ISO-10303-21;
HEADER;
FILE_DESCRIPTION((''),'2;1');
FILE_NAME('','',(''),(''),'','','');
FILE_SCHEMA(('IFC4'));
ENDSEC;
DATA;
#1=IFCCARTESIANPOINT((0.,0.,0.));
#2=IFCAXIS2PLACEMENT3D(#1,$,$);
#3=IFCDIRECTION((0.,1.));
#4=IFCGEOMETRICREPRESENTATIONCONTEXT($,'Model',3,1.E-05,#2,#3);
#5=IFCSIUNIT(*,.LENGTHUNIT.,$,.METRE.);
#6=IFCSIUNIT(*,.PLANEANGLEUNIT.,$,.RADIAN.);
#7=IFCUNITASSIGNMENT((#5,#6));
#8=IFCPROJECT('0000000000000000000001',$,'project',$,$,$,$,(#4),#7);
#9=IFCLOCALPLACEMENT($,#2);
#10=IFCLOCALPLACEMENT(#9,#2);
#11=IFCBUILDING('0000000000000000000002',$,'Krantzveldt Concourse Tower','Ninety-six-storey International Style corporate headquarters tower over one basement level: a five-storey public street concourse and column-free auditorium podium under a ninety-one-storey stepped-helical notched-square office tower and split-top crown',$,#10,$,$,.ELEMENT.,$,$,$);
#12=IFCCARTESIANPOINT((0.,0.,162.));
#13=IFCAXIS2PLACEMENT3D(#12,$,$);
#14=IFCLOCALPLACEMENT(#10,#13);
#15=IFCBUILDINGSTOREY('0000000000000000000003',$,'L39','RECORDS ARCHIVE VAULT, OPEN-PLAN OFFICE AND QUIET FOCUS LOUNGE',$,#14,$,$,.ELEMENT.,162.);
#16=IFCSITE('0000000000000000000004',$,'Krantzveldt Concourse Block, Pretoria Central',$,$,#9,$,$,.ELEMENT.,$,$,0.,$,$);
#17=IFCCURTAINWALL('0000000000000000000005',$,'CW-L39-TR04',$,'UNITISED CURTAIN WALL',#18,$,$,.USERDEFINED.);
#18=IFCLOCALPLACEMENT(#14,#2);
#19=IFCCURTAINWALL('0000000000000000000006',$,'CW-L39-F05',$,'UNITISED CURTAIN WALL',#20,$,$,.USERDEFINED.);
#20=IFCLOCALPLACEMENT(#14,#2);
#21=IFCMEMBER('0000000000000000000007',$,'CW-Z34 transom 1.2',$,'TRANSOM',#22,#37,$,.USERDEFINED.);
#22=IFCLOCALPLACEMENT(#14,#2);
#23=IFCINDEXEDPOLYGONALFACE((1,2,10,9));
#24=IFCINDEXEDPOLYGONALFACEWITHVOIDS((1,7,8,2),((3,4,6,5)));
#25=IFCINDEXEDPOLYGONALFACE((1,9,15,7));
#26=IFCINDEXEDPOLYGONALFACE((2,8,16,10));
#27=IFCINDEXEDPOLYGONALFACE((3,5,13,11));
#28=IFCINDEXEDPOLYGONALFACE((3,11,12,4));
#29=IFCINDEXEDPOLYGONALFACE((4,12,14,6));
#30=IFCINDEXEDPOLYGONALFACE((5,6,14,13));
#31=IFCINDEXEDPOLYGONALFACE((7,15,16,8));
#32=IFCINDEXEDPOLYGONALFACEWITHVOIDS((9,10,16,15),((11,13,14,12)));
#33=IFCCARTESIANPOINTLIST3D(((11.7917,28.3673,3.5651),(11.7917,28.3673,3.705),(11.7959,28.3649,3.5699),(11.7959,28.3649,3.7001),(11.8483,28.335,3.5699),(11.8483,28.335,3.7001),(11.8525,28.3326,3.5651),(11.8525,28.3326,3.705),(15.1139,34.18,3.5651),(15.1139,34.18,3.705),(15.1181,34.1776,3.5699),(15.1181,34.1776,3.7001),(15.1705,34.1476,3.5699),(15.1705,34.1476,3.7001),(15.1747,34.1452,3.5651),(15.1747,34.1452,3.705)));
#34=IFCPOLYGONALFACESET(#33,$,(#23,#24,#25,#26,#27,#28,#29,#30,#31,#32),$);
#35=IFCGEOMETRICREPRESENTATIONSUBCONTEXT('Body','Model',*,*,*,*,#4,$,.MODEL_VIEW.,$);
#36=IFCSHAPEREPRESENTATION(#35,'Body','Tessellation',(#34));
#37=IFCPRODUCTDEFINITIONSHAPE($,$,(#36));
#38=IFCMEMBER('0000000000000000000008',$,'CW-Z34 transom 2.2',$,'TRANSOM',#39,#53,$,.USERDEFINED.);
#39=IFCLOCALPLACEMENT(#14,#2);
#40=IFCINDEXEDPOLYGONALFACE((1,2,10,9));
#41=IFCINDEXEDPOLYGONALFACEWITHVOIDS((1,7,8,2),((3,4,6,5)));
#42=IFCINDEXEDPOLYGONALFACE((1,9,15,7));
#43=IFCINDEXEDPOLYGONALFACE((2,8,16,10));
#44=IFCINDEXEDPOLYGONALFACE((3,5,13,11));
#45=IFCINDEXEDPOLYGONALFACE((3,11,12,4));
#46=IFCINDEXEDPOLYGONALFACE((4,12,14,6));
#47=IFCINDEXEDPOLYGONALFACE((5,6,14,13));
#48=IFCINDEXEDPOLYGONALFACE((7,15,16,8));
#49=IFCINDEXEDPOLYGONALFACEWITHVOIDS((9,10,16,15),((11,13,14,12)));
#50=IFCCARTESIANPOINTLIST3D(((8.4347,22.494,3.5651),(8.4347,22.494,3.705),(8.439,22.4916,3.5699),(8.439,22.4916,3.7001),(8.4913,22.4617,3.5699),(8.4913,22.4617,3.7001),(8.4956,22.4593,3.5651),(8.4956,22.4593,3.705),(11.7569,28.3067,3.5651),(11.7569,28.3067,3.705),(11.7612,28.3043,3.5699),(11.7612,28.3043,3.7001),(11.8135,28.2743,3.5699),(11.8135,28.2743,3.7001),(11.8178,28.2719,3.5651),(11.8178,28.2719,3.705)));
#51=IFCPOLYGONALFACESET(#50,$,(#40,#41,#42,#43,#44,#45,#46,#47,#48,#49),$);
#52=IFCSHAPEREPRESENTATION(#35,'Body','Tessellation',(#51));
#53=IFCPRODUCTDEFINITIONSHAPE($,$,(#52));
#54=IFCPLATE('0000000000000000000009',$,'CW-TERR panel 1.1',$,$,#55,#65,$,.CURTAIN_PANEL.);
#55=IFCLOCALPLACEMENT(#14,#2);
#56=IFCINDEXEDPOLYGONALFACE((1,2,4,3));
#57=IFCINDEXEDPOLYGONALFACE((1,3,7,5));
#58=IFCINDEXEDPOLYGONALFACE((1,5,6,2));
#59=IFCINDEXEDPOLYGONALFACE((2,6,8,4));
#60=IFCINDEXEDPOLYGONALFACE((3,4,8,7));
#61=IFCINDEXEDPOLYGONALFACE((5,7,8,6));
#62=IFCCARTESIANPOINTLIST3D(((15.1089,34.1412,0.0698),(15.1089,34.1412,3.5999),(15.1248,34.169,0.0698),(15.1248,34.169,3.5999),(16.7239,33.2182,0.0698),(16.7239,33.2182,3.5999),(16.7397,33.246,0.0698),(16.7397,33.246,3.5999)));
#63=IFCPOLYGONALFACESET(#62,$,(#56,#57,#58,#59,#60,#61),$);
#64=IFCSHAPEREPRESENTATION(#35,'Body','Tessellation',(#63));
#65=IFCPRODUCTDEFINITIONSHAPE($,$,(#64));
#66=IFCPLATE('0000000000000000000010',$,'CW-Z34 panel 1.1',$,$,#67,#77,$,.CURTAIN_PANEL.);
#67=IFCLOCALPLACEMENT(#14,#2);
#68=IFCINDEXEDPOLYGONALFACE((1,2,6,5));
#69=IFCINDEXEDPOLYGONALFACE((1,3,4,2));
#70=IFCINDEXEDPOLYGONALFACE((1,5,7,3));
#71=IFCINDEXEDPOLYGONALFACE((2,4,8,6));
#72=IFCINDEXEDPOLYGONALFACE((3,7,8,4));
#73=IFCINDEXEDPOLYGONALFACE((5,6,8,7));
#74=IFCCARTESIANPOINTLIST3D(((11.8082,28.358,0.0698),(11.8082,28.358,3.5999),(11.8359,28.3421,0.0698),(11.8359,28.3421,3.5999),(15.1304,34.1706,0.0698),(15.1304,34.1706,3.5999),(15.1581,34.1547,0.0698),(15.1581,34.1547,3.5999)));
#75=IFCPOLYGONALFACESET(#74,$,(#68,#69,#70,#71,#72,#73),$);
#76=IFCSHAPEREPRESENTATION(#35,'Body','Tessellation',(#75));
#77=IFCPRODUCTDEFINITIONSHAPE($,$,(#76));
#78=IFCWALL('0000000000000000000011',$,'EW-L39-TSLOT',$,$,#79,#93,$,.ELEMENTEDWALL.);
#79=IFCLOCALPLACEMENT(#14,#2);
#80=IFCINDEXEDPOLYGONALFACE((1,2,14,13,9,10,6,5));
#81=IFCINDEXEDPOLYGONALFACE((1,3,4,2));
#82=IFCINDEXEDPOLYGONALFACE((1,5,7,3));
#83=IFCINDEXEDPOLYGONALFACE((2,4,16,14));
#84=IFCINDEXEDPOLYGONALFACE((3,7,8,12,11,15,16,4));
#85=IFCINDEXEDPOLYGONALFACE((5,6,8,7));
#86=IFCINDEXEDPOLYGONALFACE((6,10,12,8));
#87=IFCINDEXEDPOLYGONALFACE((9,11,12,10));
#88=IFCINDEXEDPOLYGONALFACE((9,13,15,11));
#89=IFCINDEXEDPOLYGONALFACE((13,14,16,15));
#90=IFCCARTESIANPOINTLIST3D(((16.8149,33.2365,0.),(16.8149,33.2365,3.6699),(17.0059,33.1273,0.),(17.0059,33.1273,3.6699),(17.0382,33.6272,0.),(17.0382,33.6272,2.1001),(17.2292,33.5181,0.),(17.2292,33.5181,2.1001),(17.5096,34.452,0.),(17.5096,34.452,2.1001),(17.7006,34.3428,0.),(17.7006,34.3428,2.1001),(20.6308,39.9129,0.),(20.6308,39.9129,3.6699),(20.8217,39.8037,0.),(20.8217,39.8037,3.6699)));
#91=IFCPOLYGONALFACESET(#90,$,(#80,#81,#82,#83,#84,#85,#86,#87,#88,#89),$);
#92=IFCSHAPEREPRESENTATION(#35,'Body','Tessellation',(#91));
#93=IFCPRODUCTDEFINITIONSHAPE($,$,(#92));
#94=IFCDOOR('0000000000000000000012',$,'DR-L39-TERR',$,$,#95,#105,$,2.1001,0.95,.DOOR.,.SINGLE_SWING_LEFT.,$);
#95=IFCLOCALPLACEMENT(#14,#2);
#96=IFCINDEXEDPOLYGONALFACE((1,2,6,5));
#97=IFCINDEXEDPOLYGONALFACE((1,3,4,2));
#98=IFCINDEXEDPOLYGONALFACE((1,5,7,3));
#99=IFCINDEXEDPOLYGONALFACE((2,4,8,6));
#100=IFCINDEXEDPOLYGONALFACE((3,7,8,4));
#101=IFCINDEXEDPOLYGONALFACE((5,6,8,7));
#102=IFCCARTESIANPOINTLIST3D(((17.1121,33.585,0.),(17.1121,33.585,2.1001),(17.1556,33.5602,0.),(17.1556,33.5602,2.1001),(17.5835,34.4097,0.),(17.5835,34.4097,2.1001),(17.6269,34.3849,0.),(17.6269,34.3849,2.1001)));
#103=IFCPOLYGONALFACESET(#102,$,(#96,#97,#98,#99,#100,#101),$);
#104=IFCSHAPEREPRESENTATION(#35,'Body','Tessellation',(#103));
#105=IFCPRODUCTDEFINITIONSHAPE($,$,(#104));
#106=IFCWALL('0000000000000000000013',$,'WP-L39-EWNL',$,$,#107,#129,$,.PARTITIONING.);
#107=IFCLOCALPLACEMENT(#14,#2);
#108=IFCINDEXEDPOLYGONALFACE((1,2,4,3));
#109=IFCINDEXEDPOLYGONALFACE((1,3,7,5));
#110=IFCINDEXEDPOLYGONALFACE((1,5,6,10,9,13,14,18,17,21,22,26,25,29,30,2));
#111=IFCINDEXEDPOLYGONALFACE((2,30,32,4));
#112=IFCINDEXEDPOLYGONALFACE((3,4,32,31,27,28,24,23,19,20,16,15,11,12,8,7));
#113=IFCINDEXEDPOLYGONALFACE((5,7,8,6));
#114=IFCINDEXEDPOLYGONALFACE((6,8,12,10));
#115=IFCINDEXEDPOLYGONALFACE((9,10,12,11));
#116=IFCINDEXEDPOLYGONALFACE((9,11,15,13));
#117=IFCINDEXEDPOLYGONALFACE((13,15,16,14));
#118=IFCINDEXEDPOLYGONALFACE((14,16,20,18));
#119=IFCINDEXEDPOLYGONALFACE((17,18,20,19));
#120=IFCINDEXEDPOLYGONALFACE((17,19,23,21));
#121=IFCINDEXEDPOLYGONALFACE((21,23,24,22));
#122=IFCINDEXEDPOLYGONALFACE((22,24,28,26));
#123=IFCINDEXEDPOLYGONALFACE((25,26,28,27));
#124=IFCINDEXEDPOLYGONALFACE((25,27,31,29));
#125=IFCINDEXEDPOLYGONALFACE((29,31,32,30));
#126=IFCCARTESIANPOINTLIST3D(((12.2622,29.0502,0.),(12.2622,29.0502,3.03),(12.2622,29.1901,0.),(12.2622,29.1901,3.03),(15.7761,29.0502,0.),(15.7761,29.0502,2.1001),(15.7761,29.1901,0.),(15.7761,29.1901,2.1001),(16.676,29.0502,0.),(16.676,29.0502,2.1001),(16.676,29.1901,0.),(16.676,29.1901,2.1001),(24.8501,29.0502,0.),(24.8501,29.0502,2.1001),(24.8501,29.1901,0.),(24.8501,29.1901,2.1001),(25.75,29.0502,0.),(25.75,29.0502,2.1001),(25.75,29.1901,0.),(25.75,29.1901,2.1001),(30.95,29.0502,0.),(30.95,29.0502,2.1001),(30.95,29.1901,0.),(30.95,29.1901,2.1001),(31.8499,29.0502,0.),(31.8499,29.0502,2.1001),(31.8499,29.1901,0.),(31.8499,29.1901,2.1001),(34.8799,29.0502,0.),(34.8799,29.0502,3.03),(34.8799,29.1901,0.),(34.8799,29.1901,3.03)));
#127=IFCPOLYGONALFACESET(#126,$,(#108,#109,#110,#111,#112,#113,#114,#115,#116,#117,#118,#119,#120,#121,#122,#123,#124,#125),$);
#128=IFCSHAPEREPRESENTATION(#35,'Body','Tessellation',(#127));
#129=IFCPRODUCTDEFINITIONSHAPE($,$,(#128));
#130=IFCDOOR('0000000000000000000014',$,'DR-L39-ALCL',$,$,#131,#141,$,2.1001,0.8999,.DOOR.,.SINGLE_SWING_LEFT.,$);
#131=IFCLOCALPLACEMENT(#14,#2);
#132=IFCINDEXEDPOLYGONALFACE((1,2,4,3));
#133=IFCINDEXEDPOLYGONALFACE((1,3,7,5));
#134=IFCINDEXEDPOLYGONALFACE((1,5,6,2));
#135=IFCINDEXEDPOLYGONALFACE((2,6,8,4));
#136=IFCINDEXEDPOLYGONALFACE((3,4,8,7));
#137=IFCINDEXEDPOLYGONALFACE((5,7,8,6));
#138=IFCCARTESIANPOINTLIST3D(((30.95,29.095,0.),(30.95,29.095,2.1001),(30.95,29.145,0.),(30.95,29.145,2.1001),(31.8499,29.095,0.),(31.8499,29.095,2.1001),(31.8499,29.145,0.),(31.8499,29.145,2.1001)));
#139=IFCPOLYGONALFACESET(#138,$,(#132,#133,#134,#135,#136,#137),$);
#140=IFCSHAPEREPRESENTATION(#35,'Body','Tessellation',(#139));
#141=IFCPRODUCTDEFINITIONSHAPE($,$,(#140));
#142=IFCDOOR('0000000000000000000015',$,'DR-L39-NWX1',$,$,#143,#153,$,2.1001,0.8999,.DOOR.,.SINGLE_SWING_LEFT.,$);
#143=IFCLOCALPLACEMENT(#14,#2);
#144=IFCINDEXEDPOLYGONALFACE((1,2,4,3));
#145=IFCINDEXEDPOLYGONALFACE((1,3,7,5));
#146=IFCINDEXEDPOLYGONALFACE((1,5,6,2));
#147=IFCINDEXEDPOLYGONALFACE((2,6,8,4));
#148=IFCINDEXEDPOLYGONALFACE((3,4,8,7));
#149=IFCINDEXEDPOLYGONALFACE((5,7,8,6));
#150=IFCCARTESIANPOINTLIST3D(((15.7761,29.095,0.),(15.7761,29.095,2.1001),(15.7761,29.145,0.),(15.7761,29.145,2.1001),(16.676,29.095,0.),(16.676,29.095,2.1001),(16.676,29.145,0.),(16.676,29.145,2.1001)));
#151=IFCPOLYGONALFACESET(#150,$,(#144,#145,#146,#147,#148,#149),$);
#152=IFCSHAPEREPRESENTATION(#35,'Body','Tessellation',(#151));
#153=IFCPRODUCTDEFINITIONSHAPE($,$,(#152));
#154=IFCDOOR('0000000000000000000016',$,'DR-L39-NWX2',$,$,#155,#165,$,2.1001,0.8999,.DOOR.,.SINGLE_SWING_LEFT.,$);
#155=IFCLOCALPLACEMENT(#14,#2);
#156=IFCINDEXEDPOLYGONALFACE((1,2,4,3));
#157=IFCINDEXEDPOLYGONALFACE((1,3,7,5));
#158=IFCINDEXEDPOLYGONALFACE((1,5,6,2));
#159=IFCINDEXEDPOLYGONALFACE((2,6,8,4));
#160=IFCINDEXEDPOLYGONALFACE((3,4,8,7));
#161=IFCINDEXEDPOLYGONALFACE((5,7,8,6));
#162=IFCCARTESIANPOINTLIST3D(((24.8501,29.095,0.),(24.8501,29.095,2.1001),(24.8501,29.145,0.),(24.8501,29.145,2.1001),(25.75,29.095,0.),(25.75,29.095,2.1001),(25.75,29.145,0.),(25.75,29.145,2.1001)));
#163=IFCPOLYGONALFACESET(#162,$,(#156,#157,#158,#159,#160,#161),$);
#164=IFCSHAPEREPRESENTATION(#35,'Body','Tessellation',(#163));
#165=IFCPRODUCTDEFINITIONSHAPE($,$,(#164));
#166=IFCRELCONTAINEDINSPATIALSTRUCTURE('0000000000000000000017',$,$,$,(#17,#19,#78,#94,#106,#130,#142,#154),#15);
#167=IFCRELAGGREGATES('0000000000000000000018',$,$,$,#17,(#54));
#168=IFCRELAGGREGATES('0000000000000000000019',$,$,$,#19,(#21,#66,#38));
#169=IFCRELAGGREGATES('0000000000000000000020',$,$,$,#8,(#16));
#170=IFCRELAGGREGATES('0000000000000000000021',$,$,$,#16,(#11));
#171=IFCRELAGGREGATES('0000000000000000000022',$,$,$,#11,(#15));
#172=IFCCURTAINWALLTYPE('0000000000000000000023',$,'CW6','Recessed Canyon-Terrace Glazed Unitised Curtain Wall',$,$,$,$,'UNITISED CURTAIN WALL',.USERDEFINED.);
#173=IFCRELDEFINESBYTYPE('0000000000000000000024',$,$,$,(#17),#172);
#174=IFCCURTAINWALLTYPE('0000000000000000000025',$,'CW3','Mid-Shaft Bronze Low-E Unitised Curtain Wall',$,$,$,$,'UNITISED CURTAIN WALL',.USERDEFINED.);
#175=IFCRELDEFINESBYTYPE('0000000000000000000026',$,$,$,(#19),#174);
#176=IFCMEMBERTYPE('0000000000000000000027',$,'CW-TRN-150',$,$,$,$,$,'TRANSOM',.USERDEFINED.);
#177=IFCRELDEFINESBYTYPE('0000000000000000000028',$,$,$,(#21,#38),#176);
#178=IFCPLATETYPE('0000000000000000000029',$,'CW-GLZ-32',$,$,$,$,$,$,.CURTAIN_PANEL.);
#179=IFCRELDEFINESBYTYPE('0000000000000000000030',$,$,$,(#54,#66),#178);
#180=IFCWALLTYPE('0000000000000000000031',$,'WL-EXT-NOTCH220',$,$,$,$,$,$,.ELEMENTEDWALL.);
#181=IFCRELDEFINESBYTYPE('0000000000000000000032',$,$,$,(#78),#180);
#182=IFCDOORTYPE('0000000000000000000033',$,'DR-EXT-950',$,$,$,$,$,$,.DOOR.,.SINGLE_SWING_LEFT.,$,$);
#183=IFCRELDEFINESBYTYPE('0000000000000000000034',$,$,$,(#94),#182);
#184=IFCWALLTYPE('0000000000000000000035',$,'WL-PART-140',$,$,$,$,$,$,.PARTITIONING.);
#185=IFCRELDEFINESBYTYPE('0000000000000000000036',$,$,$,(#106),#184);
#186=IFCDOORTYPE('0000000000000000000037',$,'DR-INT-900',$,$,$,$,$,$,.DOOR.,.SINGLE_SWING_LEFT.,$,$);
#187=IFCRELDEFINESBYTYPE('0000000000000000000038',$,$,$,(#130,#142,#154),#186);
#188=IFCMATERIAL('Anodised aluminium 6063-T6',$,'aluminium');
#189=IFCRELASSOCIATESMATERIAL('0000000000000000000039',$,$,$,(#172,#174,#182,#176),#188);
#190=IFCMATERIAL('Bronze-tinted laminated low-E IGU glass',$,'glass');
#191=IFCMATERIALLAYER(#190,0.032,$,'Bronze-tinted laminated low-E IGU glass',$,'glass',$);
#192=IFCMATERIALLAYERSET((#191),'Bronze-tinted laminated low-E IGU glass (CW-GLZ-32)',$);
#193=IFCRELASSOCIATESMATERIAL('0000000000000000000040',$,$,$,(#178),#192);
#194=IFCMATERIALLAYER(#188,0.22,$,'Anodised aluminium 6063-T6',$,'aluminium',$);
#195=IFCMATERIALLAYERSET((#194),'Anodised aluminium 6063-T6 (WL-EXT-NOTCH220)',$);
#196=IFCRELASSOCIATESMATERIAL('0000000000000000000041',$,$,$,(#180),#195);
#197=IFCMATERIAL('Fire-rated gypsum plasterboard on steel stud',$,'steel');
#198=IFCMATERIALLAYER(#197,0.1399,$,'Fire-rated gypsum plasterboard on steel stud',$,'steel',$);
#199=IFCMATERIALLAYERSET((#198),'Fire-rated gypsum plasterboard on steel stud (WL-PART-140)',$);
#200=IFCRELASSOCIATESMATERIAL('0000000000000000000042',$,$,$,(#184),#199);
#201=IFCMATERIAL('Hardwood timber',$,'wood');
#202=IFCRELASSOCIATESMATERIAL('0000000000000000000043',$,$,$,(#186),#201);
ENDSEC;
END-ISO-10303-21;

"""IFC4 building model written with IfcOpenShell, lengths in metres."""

from ifc_helpers import new_model, si_unit, direction, frame, frame_2d, origin, origin_2d, place, context, subcontext, project, spatial, rectangle, hollow_rectangle, extrude, source, transform, mapped, material, layer, layer_set, material_profile, profile_set, type_object, type_shapes, element, fill, aggregate, save


model = new_model("IFC4")

# Units and contexts
model_context = context("Model", 3, precision=1e-05, world=origin(), true_north=direction((0.0, 1.0)))
body_context = subcontext(model_context, "Body", "Model", "MODEL_VIEW")
ifc_project = project(units=[si_unit("LENGTHUNIT", "METRE"), si_unit("PLANEANGLEUNIT", "RADIAN")], contexts=[model_context])

# Site, building, storey
site_placement = place(None, origin())
site = spatial("IfcSite", under=ifc_project, at=site_placement, Name="Krantzveldt Concourse Block, Pretoria Central", CompositionType="ELEMENT", RefElevation=0.0)
building_placement = place(site_placement, origin())
building = spatial("IfcBuilding", under=site, at=building_placement, Name="Krantzveldt Concourse Tower", Description="Ninety-six-storey International Style corporate headquarters tower over one basement level: a five-storey public street concourse and column-free auditorium podium under a ninety-one-storey stepped-helical notched-square office tower and split-top crown", CompositionType="ELEMENT")
storey_placement = place(building_placement, frame((0.0, 0.0, 162.0)))
storey = spatial("IfcBuildingStorey", under=building, at=storey_placement, Name="L39", Description="RECORDS ARCHIVE VAULT, OPEN-PLAN OFFICE AND QUIET FOCUS LOUNGE", CompositionType="ELEMENT", Elevation=162.0)

# Curtain walls
ifc_material_1 = material(Name="Anodised aluminium 6063-T6", Category="aluminium")
curtain_wall_type_1 = type_object("IfcCurtainWallType", Name="CW6", Description="Recessed Canyon-Terrace Glazed Unitised Curtain Wall", ElementType="UNITISED CURTAIN WALL", PredefinedType="USERDEFINED", material=ifc_material_1)
curtain_wall_1_placement = place(storey_placement, origin())
curtain_wall_1 = element("IfcCurtainWall", 1, at=curtain_wall_1_placement, inside=storey, type_object=curtain_wall_type_1, Name="CW-L39-TR04", ObjectType="UNITISED CURTAIN WALL", PredefinedType="USERDEFINED")
curtain_wall_type_2 = type_object("IfcCurtainWallType", Name="CW3", Description="Mid-Shaft Bronze Low-E Unitised Curtain Wall", ElementType="UNITISED CURTAIN WALL", PredefinedType="USERDEFINED", material=ifc_material_1)
curtain_wall_2_placement = place(storey_placement, origin())
curtain_wall_2 = element("IfcCurtainWall", 2, at=curtain_wall_2_placement, inside=storey, type_object=curtain_wall_type_2, Name="CW-L39-F05", ObjectType="UNITISED CURTAIN WALL", PredefinedType="USERDEFINED")

# Members
ifc_material_profile_1 = material_profile(ifc_material_1, hollow_rectangle(XDim=0.0701, YDim=0.1399, WallThickness=0.0049, at=origin_2d()), Name="Anodised aluminium 6063-T6", Category="aluminium")
ifc_profile_set_1 = profile_set([ifc_material_profile_1], Name="Anodised aluminium 6063-T6 - ALU-TRAN 140x70x5")
member_type_1 = type_object("IfcMemberType", Name="CW-TRN-150", ElementType="TRANSOM", PredefinedType="USERDEFINED", material=ifc_profile_set_1)
shared_shape_1 = source(origin(), body_context, "Body", "SweptSolid", [
    extrude(hollow_rectangle(XDim=0.0701, YDim=0.1399, WallThickness=0.0049, at=origin_2d()), origin(), (0.0, 0.0, 1.0), 6.6951),
])
member_1_placement = place(storey_placement, frame((15.1443, 34.1626, 3.635), z_axis=(-0.496217, -0.868198, 0.0), x_axis=(0.868198, -0.496217, 0.0)))
member_1 = element("IfcMember", 3, at=member_1_placement, type_object=member_type_1, Name="CW-Z34 transom 1.2", ObjectType="TRANSOM", PredefinedType="USERDEFINED", context=body_context, shape_type="MappedRepresentation", body=[
    mapped(shared_shape_1, transform((0.0, 0.0, 0.0), x_axis=(1.0, 0.0, 0.0), y_axis=(0.0, 1.0, 0.0), z_axis=(0.0, 0.0, 1.0), scale=1.0)),
])
member_2_placement = place(storey_placement, frame((11.7874, 28.2893, 3.635), z_axis=(-0.496217, -0.868198, 0.0), x_axis=(0.868198, -0.496217, 0.0)))
member_2 = element("IfcMember", 4, at=member_2_placement, type_object=member_type_1, Name="CW-Z34 transom 2.2", ObjectType="TRANSOM", PredefinedType="USERDEFINED", context=body_context, shape_type="MappedRepresentation", body=[
    mapped(shared_shape_1, transform((0.0, 0.0, 0.0), x_axis=(1.0, 0.0, 0.0), y_axis=(0.0, 1.0, 0.0), z_axis=(0.0, 0.0, 1.0), scale=1.0)),
])

# Plates
ifc_material_2 = material(Name="Bronze-tinted laminated low-E IGU glass", Category="glass")
ifc_layer_1 = layer(ifc_material_2, 0.032, Name="Bronze-tinted laminated low-E IGU glass", Category="glass")
ifc_layer_set_1 = layer_set([ifc_layer_1], Name="Bronze-tinted laminated low-E IGU glass (CW-GLZ-32)")
plate_type = type_object("IfcPlateType", Name="CW-GLZ-32", PredefinedType="CURTAIN_PANEL", material=ifc_layer_set_1)
shared_shape_2 = source(origin(), body_context, "Body", "SweptSolid", [
    extrude(rectangle(XDim=1.8601, YDim=0.032, at=origin_2d()), origin(), (0.0, 0.0, 1.0), 3.53),
])
plate_1_placement = place(storey_placement, frame((15.9243, 33.6936, 0.0698), z_axis=(0.0, 0.0, 1.0), x_axis=(-0.868198, 0.496219, 0.0)))
plate_1 = element("IfcPlate", 5, at=plate_1_placement, type_object=plate_type, Name="CW-TERR panel 1.1", PredefinedType="CURTAIN_PANEL", context=body_context, shape_type="MappedRepresentation", body=[
    mapped(shared_shape_2, transform((0.0, 0.0, 0.0), x_axis=(1.0, 0.0, 0.0), y_axis=(0.0, 1.0, 0.0), z_axis=(0.0, 0.0, 1.0), scale=1.0)),
])
aggregate(curtain_wall_1, [plate_1])
shared_shape_3 = source(origin(), body_context, "Body", "SweptSolid", [
    extrude(rectangle(XDim=6.6951, YDim=0.032, at=origin_2d()), origin(), (0.0, 0.0, 1.0), 3.53),
])
type_shapes(plate_type, [shared_shape_2, shared_shape_3])
plate_2_placement = place(storey_placement, frame((13.4832, 31.2563, 0.0698), z_axis=(0.0, 0.0, 1.0), x_axis=(-0.496216, -0.868199, 0.0)))
plate_2 = element("IfcPlate", 6, at=plate_2_placement, type_object=plate_type, Name="CW-Z34 panel 1.1", PredefinedType="CURTAIN_PANEL", context=body_context, shape_type="MappedRepresentation", body=[
    mapped(shared_shape_3, transform((0.0, 0.0, 0.0), x_axis=(1.0, 0.0, 0.0), y_axis=(0.0, 1.0, 0.0), z_axis=(0.0, 0.0, 1.0), scale=1.0)),
])
aggregate(curtain_wall_2, [member_1, plate_2, member_2])

# Wall, opening, door
ifc_layer_2 = layer(ifc_material_1, 0.22, Name="Anodised aluminium 6063-T6", Category="aluminium")
ifc_layer_set_2 = layer_set([ifc_layer_2], Name="Anodised aluminium 6063-T6 (WL-EXT-NOTCH220)")
wall_type_1 = type_object("IfcWallType", Name="WL-EXT-NOTCH220", PredefinedType="ELEMENTEDWALL", material=ifc_layer_set_2)
wall_1_placement = place(storey_placement, frame((16.9104, 33.1819, 0.0), z_axis=(0.0, 0.0, 1.0), x_axis=(0.496214, 0.8682, 0.0)))
wall_1 = element("IfcWall", 7, at=wall_1_placement, inside=storey, type_object=wall_type_1, Name="EW-L39-TSLOT", PredefinedType="ELEMENTEDWALL", context=body_context, shape_type="SweptSolid", body=[
    extrude(rectangle(XDim=7.6899, YDim=0.22, at=frame_2d((3.845, 0.0))), origin(), (0.0, 0.0, 1.0), 3.6699),
])
opening_1_placement = place(wall_1_placement, frame((0.45, 0.0, 0.0)))
opening_1 = element("IfcOpeningElement", 8, at=opening_1_placement, cuts=wall_1, PredefinedType="OPENING", context=body_context, shape_type="SweptSolid", body=[
    extrude(rectangle(XDim=0.95, YDim=2.1001, at=frame_2d((0.4751, 1.05))), frame((0.0, 0.1201, 0.0), z_axis=(0.0, -1.0, 0.0), x_axis=(1.0, 0.0, 0.0)), (0.0, 0.0, 1.0), 0.24),
])
door_type_1 = type_object("IfcDoorType", Name="DR-EXT-950", OperationType="SINGLE_SWING_LEFT", PredefinedType="DOOR", material=ifc_material_1)
door_1_placement = place(opening_1_placement, origin())
door_1 = element("IfcDoor", 9, at=door_1_placement, inside=storey, type_object=door_type_1, Name="DR-L39-TERR", OperationType="SINGLE_SWING_LEFT", OverallHeight=2.1001, OverallWidth=0.95, PredefinedType="DOOR", context=body_context, shape_type="SweptSolid", body=[
    extrude(rectangle(XDim=0.95, YDim=2.1001, at=frame_2d((0.4751, 1.05))), frame((0.0, 0.0249, 0.0), z_axis=(0.0, -1.0, 0.0), x_axis=(1.0, 0.0, 0.0)), (0.0, 0.0, 1.0), 0.05),
])
fill(opening_1, door_1)

# Wall, openings, doors
ifc_material_3 = material(Name="Fire-rated gypsum plasterboard on steel stud", Category="steel")
ifc_layer_3 = layer(ifc_material_3, 0.1399, Name="Fire-rated gypsum plasterboard on steel stud", Category="steel")
ifc_layer_set_3 = layer_set([ifc_layer_3], Name="Fire-rated gypsum plasterboard on steel stud (WL-PART-140)")
wall_type_2 = type_object("IfcWallType", Name="WL-PART-140", PredefinedType="PARTITIONING", material=ifc_layer_set_3)
wall_2_placement = place(storey_placement, frame((12.2622, 29.1201, 0.0), z_axis=(0.0, 0.0, 1.0), x_axis=(1.0, 0.0, 0.0)))
wall_2 = element("IfcWall", 10, at=wall_2_placement, inside=storey, type_object=wall_type_2, Name="WP-L39-EWNL", PredefinedType="PARTITIONING", context=body_context, shape_type="SweptSolid", body=[
    extrude(rectangle(XDim=22.6177, YDim=0.1399, at=frame_2d((11.3088, 0.0))), origin(), (0.0, 0.0, 1.0), 3.03),
])
opening_2_placement = place(wall_2_placement, frame((18.6877, 0.0, 0.0)))
opening_2 = element("IfcOpeningElement", 11, at=opening_2_placement, cuts=wall_2, PredefinedType="OPENING", context=body_context, shape_type="SweptSolid", body=[
    extrude(rectangle(XDim=0.8999, YDim=2.1001, at=frame_2d((0.45, 1.05))), frame((0.0, 0.0801, 0.0), z_axis=(0.0, -1.0, 0.0), x_axis=(1.0, 0.0, 0.0)), (0.0, 0.0, 1.0), 0.1599),
])
opening_3_placement = place(wall_2_placement, frame((3.5139, 0.0, 0.0)))
opening_3 = element("IfcOpeningElement", 12, at=opening_3_placement, cuts=wall_2, PredefinedType="OPENING", context=body_context, shape_type="SweptSolid", body=[
    extrude(rectangle(XDim=0.8999, YDim=2.1001, at=frame_2d((0.45, 1.05))), frame((0.0, 0.0801, 0.0), z_axis=(0.0, -1.0, 0.0), x_axis=(1.0, 0.0, 0.0)), (0.0, 0.0, 1.0), 0.1599),
])
opening_4_placement = place(wall_2_placement, frame((12.5879, 0.0, 0.0)))
opening_4 = element("IfcOpeningElement", 13, at=opening_4_placement, cuts=wall_2, PredefinedType="OPENING", context=body_context, shape_type="SweptSolid", body=[
    extrude(rectangle(XDim=0.8999, YDim=2.1001, at=frame_2d((0.45, 1.05))), frame((0.0, 0.0801, 0.0), z_axis=(0.0, -1.0, 0.0), x_axis=(1.0, 0.0, 0.0)), (0.0, 0.0, 1.0), 0.1599),
])
ifc_material_4 = material(Name="Hardwood timber", Category="wood")
door_type_2 = type_object("IfcDoorType", Name="DR-INT-900", OperationType="SINGLE_SWING_LEFT", PredefinedType="DOOR", material=ifc_material_4)
door_2_placement = place(opening_2_placement, origin())
door_2 = element("IfcDoor", 14, at=door_2_placement, inside=storey, type_object=door_type_2, Name="DR-L39-ALCL", OperationType="SINGLE_SWING_LEFT", OverallHeight=2.1001, OverallWidth=0.8999, PredefinedType="DOOR", context=body_context, shape_type="SweptSolid", body=[
    extrude(rectangle(XDim=0.8999, YDim=2.1001, at=frame_2d((0.45, 1.05))), frame((0.0, 0.0249, 0.0), z_axis=(0.0, -1.0, 0.0), x_axis=(1.0, 0.0, 0.0)), (0.0, 0.0, 1.0), 0.05),
])
fill(opening_2, door_2)
door_3_placement = place(opening_3_placement, origin())
door_3 = element("IfcDoor", 15, at=door_3_placement, inside=storey, type_object=door_type_2, Name="DR-L39-NWX1", OperationType="SINGLE_SWING_LEFT", OverallHeight=2.1001, OverallWidth=0.8999, PredefinedType="DOOR", context=body_context, shape_type="SweptSolid", body=[
    extrude(rectangle(XDim=0.8999, YDim=2.1001, at=frame_2d((0.45, 1.05))), frame((0.0, 0.0249, 0.0), z_axis=(0.0, -1.0, 0.0), x_axis=(1.0, 0.0, 0.0)), (0.0, 0.0, 1.0), 0.05),
])
fill(opening_3, door_3)
door_4_placement = place(opening_4_placement, origin())
door_4 = element("IfcDoor", 16, at=door_4_placement, inside=storey, type_object=door_type_2, Name="DR-L39-NWX2", OperationType="SINGLE_SWING_LEFT", OverallHeight=2.1001, OverallWidth=0.8999, PredefinedType="DOOR", context=body_context, shape_type="SweptSolid", body=[
    extrude(rectangle(XDim=0.8999, YDim=2.1001, at=frame_2d((0.45, 1.05))), frame((0.0, 0.0249, 0.0), z_axis=(0.0, -1.0, 0.0), x_axis=(1.0, 0.0, 0.0)), (0.0, 0.0, 1.0), 0.05),
])
fill(opening_4, door_4)

save(model, "model.ifc")
